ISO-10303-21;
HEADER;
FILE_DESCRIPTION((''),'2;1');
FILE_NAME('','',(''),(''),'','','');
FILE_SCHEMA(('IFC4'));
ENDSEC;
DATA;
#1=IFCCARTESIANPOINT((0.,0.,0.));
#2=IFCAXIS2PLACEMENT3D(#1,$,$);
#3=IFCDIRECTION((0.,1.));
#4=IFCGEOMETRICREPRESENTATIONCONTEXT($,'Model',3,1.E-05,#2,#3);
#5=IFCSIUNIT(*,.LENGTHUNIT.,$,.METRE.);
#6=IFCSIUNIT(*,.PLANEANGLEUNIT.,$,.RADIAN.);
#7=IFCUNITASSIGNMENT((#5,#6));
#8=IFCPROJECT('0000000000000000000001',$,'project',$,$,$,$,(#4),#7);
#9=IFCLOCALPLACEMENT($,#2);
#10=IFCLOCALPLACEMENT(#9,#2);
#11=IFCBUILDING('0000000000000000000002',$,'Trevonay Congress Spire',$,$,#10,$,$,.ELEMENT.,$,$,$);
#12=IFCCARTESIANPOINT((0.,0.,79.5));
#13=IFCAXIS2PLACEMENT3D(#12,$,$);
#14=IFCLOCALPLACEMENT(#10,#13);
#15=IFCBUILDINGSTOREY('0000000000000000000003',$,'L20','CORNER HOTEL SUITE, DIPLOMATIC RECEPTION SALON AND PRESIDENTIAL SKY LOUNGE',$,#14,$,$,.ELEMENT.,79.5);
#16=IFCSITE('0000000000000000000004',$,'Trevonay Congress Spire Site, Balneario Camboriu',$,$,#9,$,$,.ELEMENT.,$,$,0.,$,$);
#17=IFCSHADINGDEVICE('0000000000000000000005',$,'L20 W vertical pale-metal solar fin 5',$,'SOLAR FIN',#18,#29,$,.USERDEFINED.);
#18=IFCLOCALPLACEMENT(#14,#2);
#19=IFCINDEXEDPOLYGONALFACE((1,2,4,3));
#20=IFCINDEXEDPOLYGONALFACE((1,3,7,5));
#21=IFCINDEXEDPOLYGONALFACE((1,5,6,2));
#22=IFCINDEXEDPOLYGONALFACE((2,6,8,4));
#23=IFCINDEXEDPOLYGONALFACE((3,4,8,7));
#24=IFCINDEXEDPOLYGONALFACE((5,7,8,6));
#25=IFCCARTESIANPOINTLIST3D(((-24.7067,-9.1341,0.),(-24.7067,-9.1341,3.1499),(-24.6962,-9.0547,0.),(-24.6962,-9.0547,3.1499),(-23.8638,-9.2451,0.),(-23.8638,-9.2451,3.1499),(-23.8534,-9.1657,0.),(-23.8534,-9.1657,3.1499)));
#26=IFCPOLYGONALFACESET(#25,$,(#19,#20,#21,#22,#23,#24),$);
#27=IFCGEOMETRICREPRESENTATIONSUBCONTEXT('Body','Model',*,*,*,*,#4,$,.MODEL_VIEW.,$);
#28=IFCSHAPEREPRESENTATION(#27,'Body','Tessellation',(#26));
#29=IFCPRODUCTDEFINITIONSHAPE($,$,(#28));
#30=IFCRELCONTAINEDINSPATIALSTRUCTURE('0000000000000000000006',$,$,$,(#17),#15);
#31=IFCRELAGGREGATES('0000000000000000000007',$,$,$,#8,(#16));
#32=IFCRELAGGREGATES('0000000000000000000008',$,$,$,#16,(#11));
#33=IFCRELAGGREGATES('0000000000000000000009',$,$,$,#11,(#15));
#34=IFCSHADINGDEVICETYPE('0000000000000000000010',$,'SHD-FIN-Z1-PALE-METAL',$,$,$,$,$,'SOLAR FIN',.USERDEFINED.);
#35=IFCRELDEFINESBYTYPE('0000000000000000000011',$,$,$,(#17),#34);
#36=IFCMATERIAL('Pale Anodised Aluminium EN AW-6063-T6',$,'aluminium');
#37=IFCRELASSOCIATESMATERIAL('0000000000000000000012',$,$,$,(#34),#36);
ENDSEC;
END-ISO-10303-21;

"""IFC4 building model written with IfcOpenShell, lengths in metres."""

from ifc_helpers import new_model, si_unit, direction, frame, origin, origin_2d, place, context, subcontext, project, spatial, rectangle, extrude, material, type_object, element, save


model = new_model("IFC4")

# Units and contexts
model_context = context("Model", 3, precision=1e-05, world=origin(), true_north=direction((0.0, 1.0)))
body_context = subcontext(model_context, "Body", "Model", "MODEL_VIEW")
ifc_project = project(units=[si_unit("LENGTHUNIT", "METRE"), si_unit("PLANEANGLEUNIT", "RADIAN")], contexts=[model_context])

# Site, building, storey
site_placement = place(None, origin())
site = spatial("IfcSite", under=ifc_project, at=site_placement, Name="Trevonay Congress Spire Site, Balneario Camboriu", CompositionType="ELEMENT", RefElevation=0.0)
building_placement = place(site_placement, origin())
building = spatial("IfcBuilding", under=site, at=building_placement, Name="Trevonay Congress Spire", CompositionType="ELEMENT")
storey_placement = place(building_placement, frame((0.0, 0.0, 79.5)))
storey = spatial("IfcBuildingStorey", under=building, at=storey_placement, Name="L20", Description="CORNER HOTEL SUITE, DIPLOMATIC RECEPTION SALON AND PRESIDENTIAL SKY LOUNGE", CompositionType="ELEMENT", Elevation=79.5)

# Shared definitions
ifc_material_1 = material(Name="Pale Anodised Aluminium EN AW-6063-T6", Category="aluminium")

# Shading device
shading_device_type = type_object("IfcShadingDeviceType", Name="SHD-FIN-Z1-PALE-METAL", ElementType="SOLAR FIN", PredefinedType="USERDEFINED", material=ifc_material_1)
for number, where, z_axis, x_axis, name in (
    (1, (-24.28, -9.1499, 0.0), (0.0, 0.0, 1.0), (0.130526, 0.991445, 0.0), "L20 W vertical pale-metal solar fin 5"),
):
    element("IfcShadingDevice", number, at=place(storey_placement, frame(where, z_axis=z_axis, x_axis=x_axis)), inside=storey, type_object=shading_device_type, Name=name, ObjectType="SOLAR FIN", PredefinedType="USERDEFINED", context=body_context, shape_type="SweptSolid", body=[
        extrude(rectangle(XDim=0.0801, YDim=0.8501, at=origin_2d()), origin(), (0.0, 0.0, 1.0), 3.1499),
    ])

save(model, "model.ifc")
